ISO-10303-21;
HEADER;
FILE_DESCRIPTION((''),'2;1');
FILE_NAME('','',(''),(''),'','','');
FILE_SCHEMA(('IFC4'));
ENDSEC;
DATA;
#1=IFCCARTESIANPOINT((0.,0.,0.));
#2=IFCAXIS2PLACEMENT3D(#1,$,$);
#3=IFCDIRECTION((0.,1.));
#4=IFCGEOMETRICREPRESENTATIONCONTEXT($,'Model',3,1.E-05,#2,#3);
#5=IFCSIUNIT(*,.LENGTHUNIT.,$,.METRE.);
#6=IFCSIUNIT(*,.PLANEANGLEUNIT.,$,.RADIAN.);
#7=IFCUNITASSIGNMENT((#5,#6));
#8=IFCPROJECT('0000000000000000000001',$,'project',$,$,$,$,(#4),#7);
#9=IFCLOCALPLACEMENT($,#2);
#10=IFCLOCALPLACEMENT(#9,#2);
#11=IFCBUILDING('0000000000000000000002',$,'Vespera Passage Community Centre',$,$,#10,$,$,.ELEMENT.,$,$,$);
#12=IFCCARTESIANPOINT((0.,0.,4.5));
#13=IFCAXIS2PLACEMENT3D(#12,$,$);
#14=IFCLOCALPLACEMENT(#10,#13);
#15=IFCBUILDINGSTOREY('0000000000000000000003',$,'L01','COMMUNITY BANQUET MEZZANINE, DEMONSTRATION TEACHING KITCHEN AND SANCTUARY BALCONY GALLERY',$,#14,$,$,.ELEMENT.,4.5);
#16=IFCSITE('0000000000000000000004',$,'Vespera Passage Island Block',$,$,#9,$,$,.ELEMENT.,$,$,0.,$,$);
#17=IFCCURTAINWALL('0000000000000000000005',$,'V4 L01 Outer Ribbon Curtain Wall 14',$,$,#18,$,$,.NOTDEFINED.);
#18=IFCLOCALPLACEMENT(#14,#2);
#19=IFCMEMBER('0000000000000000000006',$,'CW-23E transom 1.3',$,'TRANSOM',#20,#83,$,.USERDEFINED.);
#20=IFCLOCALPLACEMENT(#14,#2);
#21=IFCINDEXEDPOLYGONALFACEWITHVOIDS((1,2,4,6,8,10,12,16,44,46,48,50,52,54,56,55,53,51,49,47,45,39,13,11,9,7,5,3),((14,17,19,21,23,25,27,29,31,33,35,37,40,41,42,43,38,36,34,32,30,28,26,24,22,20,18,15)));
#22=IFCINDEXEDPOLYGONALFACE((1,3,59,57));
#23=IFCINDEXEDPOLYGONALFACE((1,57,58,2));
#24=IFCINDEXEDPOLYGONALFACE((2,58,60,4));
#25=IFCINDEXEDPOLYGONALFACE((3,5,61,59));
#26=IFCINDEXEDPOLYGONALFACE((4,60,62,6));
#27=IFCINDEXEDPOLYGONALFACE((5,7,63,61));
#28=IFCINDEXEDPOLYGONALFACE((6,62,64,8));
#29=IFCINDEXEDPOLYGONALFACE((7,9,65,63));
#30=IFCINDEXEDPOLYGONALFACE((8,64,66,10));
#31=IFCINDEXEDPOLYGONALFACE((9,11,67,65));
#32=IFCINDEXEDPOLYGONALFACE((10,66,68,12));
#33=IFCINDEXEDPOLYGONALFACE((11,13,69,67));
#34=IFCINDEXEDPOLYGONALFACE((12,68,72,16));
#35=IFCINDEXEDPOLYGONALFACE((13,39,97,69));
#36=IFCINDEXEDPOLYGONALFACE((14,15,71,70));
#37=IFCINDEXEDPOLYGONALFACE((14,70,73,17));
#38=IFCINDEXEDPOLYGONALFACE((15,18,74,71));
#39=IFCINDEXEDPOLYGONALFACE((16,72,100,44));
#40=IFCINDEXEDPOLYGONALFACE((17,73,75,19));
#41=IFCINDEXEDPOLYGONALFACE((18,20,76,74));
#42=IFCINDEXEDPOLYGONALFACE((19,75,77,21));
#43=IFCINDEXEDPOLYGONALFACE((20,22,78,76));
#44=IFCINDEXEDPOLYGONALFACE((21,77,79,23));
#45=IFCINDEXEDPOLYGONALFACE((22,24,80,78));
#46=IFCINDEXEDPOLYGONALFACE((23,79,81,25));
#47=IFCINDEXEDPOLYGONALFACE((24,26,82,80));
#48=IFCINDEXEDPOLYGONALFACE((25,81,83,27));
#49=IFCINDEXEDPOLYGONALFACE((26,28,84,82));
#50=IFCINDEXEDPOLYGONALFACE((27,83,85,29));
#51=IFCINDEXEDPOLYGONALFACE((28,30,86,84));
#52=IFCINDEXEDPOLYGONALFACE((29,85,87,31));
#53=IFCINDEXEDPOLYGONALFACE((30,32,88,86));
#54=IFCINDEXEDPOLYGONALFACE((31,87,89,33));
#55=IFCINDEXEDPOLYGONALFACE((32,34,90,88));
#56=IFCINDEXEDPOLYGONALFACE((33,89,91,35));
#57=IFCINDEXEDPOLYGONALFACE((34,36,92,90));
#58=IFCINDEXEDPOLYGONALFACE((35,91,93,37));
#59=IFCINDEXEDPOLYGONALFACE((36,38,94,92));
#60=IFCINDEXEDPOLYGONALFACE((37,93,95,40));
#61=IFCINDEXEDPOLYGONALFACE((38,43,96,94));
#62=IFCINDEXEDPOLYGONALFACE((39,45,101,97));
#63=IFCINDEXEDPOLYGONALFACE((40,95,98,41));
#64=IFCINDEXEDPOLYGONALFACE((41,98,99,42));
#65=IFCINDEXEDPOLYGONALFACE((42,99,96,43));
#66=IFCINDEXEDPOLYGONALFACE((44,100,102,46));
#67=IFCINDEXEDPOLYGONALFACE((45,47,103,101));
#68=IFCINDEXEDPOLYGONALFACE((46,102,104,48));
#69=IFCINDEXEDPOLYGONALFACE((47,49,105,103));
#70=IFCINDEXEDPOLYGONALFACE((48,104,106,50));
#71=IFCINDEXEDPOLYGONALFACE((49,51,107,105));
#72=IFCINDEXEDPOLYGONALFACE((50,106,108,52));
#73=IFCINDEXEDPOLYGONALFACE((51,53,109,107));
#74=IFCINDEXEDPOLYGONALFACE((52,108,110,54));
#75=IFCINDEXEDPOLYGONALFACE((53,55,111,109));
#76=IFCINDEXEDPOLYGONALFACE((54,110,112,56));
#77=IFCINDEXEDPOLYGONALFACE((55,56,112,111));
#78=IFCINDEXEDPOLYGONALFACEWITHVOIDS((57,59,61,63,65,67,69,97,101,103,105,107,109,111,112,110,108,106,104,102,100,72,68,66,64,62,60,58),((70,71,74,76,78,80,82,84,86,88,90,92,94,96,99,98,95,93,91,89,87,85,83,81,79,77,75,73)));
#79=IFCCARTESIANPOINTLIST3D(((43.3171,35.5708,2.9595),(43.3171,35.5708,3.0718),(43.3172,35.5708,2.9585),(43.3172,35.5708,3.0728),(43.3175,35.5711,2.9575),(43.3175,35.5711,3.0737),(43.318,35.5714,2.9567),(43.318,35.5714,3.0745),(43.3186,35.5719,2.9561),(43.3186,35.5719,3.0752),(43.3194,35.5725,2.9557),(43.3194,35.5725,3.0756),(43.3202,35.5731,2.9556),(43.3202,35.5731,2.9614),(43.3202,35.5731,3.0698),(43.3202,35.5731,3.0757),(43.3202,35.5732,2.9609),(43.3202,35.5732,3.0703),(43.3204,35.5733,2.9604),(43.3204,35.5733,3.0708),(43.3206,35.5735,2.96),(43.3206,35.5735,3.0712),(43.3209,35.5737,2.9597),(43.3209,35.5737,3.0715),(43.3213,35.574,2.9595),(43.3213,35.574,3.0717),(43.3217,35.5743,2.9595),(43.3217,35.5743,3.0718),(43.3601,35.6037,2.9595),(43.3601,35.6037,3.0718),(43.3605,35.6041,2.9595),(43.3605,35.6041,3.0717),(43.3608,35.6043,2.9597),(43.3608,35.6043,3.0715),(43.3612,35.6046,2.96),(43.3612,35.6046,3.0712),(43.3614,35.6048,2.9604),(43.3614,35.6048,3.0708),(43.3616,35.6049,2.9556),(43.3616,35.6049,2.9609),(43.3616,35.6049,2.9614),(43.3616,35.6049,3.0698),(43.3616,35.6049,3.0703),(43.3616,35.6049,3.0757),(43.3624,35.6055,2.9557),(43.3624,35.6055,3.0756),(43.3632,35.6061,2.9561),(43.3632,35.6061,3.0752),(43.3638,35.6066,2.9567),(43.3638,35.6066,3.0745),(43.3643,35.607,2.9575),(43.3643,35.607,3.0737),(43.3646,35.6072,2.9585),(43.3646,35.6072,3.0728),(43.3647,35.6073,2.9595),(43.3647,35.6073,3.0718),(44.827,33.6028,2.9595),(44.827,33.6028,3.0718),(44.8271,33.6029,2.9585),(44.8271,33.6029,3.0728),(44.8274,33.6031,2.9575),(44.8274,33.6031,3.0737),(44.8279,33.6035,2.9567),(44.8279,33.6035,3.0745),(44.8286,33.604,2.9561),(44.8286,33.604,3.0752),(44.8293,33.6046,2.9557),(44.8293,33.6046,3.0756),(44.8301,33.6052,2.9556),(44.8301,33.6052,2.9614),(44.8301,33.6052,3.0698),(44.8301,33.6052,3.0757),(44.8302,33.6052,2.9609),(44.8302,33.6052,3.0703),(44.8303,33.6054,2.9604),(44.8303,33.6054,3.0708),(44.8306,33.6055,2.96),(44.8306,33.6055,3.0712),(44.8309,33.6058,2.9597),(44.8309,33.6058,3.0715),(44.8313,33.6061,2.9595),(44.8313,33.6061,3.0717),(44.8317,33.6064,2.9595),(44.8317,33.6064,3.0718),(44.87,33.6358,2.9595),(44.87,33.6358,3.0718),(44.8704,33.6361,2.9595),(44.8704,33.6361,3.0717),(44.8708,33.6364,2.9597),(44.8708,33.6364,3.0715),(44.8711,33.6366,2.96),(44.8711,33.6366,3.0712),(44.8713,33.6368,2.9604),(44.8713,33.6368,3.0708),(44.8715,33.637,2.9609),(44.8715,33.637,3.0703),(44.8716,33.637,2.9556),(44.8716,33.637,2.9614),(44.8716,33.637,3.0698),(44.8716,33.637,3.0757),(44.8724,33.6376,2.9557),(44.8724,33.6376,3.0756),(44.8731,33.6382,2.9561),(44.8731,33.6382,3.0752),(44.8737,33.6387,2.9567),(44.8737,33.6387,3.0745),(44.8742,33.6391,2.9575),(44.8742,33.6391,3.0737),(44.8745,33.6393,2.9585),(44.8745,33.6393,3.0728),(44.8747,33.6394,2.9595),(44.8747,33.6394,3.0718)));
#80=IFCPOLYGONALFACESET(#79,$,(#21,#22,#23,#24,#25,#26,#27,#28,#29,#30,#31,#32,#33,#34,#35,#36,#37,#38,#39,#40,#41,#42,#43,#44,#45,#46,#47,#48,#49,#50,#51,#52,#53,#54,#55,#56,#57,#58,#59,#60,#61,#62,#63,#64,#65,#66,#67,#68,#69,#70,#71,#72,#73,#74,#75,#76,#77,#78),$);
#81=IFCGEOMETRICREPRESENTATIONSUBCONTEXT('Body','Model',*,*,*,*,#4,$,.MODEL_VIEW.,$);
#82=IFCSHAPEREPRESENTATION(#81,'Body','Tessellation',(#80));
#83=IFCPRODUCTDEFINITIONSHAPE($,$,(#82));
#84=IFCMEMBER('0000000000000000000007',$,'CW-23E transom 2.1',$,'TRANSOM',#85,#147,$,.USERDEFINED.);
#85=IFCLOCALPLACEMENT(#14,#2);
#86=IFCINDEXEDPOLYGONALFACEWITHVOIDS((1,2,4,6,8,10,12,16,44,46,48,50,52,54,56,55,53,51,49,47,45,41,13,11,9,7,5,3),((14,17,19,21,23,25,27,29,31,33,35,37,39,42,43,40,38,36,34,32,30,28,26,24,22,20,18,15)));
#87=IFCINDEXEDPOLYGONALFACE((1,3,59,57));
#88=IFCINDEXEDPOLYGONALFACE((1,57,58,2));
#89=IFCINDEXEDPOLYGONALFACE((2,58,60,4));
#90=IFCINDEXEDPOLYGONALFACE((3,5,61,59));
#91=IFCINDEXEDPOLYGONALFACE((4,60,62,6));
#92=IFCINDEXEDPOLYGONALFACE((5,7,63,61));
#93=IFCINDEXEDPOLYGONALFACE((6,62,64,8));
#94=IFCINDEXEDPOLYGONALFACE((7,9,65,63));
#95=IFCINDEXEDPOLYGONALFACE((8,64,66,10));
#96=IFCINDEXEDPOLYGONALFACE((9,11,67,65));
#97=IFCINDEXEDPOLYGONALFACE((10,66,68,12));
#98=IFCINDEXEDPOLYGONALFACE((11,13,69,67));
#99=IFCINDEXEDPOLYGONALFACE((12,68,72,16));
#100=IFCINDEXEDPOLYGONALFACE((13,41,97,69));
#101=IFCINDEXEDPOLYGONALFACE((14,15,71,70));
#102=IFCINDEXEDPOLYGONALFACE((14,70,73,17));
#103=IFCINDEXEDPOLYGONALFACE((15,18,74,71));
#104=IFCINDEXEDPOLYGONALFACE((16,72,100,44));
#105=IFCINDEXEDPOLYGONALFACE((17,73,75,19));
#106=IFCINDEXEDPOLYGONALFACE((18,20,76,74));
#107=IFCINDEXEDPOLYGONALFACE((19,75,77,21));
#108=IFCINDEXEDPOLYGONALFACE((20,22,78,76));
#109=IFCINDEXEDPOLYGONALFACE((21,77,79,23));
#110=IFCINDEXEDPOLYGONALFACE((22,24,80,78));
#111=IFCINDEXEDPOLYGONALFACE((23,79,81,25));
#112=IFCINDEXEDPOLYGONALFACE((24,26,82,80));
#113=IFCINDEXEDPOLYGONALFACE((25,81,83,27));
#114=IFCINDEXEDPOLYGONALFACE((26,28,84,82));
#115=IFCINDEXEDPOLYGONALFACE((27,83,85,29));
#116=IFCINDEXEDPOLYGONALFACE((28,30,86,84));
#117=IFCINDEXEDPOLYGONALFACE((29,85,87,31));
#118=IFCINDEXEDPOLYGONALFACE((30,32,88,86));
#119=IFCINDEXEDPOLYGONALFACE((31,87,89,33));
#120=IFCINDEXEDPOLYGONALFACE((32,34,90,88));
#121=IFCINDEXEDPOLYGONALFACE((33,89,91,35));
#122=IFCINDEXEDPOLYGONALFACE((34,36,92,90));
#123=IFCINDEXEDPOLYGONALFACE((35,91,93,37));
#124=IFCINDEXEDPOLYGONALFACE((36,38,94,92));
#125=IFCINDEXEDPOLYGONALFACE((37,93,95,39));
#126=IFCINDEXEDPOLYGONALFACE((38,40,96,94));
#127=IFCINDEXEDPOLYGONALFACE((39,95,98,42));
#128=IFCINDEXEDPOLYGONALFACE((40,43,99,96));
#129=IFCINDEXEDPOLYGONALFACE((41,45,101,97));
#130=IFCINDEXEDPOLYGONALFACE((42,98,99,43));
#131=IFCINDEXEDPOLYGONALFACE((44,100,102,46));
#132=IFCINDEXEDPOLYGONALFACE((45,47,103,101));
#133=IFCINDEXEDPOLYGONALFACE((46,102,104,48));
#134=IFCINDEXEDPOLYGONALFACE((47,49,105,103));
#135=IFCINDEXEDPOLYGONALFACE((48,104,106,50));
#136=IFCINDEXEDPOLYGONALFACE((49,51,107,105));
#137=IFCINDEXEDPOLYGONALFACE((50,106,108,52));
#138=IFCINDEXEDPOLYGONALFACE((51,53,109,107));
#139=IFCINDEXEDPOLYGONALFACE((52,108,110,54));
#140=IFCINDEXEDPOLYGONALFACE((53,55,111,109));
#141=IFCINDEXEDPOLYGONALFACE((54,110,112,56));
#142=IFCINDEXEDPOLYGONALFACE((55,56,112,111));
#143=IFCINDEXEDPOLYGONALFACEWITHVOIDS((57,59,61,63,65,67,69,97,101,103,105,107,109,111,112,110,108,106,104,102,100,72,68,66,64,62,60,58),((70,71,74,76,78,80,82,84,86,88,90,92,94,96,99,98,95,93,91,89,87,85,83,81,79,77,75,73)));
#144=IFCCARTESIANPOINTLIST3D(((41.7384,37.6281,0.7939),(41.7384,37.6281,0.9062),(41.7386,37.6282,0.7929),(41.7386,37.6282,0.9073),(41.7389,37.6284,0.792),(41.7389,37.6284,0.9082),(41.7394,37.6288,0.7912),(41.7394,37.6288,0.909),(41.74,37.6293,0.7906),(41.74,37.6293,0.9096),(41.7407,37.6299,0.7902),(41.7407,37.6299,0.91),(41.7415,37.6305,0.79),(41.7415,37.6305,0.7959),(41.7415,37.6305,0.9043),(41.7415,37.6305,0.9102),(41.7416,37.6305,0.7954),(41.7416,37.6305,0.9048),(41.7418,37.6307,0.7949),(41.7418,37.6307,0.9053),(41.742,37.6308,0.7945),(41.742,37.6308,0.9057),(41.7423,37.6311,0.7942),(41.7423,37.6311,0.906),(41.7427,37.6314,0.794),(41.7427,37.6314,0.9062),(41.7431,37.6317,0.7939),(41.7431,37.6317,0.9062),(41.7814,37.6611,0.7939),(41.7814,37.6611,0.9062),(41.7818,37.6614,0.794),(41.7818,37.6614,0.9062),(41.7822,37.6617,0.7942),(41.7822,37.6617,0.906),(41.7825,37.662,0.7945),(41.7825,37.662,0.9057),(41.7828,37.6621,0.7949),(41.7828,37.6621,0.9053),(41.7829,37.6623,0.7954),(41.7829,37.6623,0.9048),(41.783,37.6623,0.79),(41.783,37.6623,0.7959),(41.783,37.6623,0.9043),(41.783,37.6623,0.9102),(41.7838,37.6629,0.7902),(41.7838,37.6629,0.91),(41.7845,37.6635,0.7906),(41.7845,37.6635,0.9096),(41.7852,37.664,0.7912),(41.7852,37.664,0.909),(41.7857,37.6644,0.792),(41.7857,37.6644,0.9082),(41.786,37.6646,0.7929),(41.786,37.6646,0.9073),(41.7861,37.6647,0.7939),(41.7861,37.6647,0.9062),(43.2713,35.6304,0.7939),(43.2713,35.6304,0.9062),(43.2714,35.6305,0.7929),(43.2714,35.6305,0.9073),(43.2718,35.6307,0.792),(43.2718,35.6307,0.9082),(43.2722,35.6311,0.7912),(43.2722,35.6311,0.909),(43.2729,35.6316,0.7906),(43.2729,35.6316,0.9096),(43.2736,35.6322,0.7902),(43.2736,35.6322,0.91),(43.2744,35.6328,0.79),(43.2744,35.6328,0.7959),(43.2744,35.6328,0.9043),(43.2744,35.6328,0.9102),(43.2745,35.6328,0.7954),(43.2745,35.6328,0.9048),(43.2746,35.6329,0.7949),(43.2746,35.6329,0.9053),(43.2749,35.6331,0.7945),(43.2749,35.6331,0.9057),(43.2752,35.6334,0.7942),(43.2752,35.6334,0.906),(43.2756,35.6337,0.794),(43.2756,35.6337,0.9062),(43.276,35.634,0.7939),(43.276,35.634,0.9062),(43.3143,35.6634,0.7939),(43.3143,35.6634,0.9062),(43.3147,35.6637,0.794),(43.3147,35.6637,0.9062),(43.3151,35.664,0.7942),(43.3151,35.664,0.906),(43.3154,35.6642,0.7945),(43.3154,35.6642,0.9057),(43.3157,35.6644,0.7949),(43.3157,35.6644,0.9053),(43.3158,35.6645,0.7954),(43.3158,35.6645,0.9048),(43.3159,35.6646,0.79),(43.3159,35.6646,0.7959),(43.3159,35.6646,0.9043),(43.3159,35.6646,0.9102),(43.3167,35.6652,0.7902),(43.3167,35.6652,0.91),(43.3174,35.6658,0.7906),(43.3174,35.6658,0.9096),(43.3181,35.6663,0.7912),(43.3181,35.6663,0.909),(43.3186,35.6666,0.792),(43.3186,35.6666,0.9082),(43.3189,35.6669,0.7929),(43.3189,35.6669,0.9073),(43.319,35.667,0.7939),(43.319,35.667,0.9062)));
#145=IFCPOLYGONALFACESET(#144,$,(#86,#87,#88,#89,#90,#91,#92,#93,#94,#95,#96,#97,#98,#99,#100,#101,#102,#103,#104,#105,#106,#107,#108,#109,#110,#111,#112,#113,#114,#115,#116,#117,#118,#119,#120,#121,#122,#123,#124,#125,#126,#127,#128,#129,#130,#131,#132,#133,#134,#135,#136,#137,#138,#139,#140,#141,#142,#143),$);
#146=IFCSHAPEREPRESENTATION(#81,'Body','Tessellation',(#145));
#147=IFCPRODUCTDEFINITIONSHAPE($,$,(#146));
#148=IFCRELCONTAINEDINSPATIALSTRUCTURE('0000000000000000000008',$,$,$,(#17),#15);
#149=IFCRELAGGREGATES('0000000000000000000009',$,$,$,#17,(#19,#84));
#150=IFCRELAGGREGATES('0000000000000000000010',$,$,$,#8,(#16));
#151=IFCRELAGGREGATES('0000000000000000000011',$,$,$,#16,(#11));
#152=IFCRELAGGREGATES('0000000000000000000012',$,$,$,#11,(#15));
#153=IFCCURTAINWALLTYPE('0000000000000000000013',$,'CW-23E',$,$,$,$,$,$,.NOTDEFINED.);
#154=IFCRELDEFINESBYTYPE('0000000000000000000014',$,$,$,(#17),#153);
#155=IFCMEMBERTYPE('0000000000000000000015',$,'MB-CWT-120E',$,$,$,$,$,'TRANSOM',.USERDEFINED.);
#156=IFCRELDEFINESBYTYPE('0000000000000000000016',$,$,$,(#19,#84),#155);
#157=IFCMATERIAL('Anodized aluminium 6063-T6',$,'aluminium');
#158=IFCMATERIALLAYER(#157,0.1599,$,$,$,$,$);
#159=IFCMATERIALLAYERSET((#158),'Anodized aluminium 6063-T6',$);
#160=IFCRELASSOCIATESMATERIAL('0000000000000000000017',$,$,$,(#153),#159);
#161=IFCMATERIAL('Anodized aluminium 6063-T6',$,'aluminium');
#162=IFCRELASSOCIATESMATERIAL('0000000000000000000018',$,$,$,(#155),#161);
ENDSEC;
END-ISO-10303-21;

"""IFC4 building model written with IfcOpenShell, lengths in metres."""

from ifc_helpers import new_model, si_unit, direction, frame, origin, origin_2d, place, context, subcontext, project, spatial, hollow_rectangle, extrude, material, layer, layer_set, material_profile, profile_set, type_object, element, aggregate, save


model = new_model("IFC4")

# Units and contexts
model_context = context("Model", 3, precision=1e-05, world=origin(), true_north=direction((0.0, 1.0)))
body_context = subcontext(model_context, "Body", "Model", "MODEL_VIEW")
ifc_project = project(units=[si_unit("LENGTHUNIT", "METRE"), si_unit("PLANEANGLEUNIT", "RADIAN")], contexts=[model_context])

# Site, building, storey
site_placement = place(None, origin())
site = spatial("IfcSite", under=ifc_project, at=site_placement, Name="Vespera Passage Island Block", CompositionType="ELEMENT", RefElevation=0.0)
building_placement = place(site_placement, origin())
building = spatial("IfcBuilding", under=site, at=building_placement, Name="Vespera Passage Community Centre", CompositionType="ELEMENT")
storey_placement = place(building_placement, frame((0.0, 0.0, 4.5)))
storey = spatial("IfcBuildingStorey", under=building, at=storey_placement, Name="L01", Description="COMMUNITY BANQUET MEZZANINE, DEMONSTRATION TEACHING KITCHEN AND SANCTUARY BALCONY GALLERY", CompositionType="ELEMENT", Elevation=4.5)

# Curtain wall, members
ifc_material_1 = material(Name="Anodized aluminium 6063-T6", Category="aluminium")
ifc_layer_1 = layer(ifc_material_1, 0.1599)
ifc_layer_set_1 = layer_set([ifc_layer_1], Name="Anodized aluminium 6063-T6")
curtain_wall_type = type_object("IfcCurtainWallType", Name="CW-23E", PredefinedType="NOTDEFINED", material=ifc_layer_set_1)
curtain_wall_placement = place(storey_placement, origin())
curtain_wall = element("IfcCurtainWall", 1, at=curtain_wall_placement, inside=storey, type_object=curtain_wall_type, Name="V4 L01 Outer Ribbon Curtain Wall 14", PredefinedType="NOTDEFINED")
ifc_material_2 = material(Name="Anodized aluminium 6063-T6", Category="aluminium")
ifc_material_profile_1 = material_profile(ifc_material_2, hollow_rectangle(XDim=0.0601, YDim=0.1201, WallThickness=0.0039, InnerFilletRadius=0.002, OuterFilletRadius=0.0039, at=origin_2d()), Name="ALU120X60X4")
ifc_profile_set_1 = profile_set([ifc_material_profile_1], Name="Anodized aluminium 6063-T6")
member_type_1 = type_object("IfcMemberType", Name="MB-CWT-120E", ElementType="TRANSOM", PredefinedType="USERDEFINED", material=ifc_profile_set_1)
member_1_placement = place(storey_placement, frame((44.8508, 33.6211, 3.0156), z_axis=(-0.608735, 0.793373, 0.0), x_axis=(-0.793373, -0.608735, 0.0)))
member_1 = element("IfcMember", 2, at=member_1_placement, type_object=member_type_1, Name="CW-23E transom 1.3", ObjectType="TRANSOM", PredefinedType="USERDEFINED", context=body_context, shape_type="SweptSolid", body=[
    extrude(hollow_rectangle(XDim=0.0601, YDim=0.1201, WallThickness=0.0039, InnerFilletRadius=0.002, OuterFilletRadius=0.0039, at=origin_2d()), origin(), (0.0, 0.0, 1.0), 2.4805),
])
member_2_placement = place(storey_placement, frame((43.2952, 35.6487, 0.8501), z_axis=(-0.608759, 0.793355, 0.0), x_axis=(-0.793355, -0.608759, 0.0)))
member_2 = element("IfcMember", 3, at=member_2_placement, type_object=member_type_1, Name="CW-23E transom 2.1", ObjectType="TRANSOM", PredefinedType="USERDEFINED", context=body_context, shape_type="SweptSolid", body=[
    extrude(hollow_rectangle(XDim=0.0601, YDim=0.1201, WallThickness=0.0039, InnerFilletRadius=0.002, OuterFilletRadius=0.0039, at=origin_2d()), origin(), (0.0, 0.0, 1.0), 2.5181),
])
aggregate(curtain_wall, [member_1, member_2])

save(model, "model.ifc")
